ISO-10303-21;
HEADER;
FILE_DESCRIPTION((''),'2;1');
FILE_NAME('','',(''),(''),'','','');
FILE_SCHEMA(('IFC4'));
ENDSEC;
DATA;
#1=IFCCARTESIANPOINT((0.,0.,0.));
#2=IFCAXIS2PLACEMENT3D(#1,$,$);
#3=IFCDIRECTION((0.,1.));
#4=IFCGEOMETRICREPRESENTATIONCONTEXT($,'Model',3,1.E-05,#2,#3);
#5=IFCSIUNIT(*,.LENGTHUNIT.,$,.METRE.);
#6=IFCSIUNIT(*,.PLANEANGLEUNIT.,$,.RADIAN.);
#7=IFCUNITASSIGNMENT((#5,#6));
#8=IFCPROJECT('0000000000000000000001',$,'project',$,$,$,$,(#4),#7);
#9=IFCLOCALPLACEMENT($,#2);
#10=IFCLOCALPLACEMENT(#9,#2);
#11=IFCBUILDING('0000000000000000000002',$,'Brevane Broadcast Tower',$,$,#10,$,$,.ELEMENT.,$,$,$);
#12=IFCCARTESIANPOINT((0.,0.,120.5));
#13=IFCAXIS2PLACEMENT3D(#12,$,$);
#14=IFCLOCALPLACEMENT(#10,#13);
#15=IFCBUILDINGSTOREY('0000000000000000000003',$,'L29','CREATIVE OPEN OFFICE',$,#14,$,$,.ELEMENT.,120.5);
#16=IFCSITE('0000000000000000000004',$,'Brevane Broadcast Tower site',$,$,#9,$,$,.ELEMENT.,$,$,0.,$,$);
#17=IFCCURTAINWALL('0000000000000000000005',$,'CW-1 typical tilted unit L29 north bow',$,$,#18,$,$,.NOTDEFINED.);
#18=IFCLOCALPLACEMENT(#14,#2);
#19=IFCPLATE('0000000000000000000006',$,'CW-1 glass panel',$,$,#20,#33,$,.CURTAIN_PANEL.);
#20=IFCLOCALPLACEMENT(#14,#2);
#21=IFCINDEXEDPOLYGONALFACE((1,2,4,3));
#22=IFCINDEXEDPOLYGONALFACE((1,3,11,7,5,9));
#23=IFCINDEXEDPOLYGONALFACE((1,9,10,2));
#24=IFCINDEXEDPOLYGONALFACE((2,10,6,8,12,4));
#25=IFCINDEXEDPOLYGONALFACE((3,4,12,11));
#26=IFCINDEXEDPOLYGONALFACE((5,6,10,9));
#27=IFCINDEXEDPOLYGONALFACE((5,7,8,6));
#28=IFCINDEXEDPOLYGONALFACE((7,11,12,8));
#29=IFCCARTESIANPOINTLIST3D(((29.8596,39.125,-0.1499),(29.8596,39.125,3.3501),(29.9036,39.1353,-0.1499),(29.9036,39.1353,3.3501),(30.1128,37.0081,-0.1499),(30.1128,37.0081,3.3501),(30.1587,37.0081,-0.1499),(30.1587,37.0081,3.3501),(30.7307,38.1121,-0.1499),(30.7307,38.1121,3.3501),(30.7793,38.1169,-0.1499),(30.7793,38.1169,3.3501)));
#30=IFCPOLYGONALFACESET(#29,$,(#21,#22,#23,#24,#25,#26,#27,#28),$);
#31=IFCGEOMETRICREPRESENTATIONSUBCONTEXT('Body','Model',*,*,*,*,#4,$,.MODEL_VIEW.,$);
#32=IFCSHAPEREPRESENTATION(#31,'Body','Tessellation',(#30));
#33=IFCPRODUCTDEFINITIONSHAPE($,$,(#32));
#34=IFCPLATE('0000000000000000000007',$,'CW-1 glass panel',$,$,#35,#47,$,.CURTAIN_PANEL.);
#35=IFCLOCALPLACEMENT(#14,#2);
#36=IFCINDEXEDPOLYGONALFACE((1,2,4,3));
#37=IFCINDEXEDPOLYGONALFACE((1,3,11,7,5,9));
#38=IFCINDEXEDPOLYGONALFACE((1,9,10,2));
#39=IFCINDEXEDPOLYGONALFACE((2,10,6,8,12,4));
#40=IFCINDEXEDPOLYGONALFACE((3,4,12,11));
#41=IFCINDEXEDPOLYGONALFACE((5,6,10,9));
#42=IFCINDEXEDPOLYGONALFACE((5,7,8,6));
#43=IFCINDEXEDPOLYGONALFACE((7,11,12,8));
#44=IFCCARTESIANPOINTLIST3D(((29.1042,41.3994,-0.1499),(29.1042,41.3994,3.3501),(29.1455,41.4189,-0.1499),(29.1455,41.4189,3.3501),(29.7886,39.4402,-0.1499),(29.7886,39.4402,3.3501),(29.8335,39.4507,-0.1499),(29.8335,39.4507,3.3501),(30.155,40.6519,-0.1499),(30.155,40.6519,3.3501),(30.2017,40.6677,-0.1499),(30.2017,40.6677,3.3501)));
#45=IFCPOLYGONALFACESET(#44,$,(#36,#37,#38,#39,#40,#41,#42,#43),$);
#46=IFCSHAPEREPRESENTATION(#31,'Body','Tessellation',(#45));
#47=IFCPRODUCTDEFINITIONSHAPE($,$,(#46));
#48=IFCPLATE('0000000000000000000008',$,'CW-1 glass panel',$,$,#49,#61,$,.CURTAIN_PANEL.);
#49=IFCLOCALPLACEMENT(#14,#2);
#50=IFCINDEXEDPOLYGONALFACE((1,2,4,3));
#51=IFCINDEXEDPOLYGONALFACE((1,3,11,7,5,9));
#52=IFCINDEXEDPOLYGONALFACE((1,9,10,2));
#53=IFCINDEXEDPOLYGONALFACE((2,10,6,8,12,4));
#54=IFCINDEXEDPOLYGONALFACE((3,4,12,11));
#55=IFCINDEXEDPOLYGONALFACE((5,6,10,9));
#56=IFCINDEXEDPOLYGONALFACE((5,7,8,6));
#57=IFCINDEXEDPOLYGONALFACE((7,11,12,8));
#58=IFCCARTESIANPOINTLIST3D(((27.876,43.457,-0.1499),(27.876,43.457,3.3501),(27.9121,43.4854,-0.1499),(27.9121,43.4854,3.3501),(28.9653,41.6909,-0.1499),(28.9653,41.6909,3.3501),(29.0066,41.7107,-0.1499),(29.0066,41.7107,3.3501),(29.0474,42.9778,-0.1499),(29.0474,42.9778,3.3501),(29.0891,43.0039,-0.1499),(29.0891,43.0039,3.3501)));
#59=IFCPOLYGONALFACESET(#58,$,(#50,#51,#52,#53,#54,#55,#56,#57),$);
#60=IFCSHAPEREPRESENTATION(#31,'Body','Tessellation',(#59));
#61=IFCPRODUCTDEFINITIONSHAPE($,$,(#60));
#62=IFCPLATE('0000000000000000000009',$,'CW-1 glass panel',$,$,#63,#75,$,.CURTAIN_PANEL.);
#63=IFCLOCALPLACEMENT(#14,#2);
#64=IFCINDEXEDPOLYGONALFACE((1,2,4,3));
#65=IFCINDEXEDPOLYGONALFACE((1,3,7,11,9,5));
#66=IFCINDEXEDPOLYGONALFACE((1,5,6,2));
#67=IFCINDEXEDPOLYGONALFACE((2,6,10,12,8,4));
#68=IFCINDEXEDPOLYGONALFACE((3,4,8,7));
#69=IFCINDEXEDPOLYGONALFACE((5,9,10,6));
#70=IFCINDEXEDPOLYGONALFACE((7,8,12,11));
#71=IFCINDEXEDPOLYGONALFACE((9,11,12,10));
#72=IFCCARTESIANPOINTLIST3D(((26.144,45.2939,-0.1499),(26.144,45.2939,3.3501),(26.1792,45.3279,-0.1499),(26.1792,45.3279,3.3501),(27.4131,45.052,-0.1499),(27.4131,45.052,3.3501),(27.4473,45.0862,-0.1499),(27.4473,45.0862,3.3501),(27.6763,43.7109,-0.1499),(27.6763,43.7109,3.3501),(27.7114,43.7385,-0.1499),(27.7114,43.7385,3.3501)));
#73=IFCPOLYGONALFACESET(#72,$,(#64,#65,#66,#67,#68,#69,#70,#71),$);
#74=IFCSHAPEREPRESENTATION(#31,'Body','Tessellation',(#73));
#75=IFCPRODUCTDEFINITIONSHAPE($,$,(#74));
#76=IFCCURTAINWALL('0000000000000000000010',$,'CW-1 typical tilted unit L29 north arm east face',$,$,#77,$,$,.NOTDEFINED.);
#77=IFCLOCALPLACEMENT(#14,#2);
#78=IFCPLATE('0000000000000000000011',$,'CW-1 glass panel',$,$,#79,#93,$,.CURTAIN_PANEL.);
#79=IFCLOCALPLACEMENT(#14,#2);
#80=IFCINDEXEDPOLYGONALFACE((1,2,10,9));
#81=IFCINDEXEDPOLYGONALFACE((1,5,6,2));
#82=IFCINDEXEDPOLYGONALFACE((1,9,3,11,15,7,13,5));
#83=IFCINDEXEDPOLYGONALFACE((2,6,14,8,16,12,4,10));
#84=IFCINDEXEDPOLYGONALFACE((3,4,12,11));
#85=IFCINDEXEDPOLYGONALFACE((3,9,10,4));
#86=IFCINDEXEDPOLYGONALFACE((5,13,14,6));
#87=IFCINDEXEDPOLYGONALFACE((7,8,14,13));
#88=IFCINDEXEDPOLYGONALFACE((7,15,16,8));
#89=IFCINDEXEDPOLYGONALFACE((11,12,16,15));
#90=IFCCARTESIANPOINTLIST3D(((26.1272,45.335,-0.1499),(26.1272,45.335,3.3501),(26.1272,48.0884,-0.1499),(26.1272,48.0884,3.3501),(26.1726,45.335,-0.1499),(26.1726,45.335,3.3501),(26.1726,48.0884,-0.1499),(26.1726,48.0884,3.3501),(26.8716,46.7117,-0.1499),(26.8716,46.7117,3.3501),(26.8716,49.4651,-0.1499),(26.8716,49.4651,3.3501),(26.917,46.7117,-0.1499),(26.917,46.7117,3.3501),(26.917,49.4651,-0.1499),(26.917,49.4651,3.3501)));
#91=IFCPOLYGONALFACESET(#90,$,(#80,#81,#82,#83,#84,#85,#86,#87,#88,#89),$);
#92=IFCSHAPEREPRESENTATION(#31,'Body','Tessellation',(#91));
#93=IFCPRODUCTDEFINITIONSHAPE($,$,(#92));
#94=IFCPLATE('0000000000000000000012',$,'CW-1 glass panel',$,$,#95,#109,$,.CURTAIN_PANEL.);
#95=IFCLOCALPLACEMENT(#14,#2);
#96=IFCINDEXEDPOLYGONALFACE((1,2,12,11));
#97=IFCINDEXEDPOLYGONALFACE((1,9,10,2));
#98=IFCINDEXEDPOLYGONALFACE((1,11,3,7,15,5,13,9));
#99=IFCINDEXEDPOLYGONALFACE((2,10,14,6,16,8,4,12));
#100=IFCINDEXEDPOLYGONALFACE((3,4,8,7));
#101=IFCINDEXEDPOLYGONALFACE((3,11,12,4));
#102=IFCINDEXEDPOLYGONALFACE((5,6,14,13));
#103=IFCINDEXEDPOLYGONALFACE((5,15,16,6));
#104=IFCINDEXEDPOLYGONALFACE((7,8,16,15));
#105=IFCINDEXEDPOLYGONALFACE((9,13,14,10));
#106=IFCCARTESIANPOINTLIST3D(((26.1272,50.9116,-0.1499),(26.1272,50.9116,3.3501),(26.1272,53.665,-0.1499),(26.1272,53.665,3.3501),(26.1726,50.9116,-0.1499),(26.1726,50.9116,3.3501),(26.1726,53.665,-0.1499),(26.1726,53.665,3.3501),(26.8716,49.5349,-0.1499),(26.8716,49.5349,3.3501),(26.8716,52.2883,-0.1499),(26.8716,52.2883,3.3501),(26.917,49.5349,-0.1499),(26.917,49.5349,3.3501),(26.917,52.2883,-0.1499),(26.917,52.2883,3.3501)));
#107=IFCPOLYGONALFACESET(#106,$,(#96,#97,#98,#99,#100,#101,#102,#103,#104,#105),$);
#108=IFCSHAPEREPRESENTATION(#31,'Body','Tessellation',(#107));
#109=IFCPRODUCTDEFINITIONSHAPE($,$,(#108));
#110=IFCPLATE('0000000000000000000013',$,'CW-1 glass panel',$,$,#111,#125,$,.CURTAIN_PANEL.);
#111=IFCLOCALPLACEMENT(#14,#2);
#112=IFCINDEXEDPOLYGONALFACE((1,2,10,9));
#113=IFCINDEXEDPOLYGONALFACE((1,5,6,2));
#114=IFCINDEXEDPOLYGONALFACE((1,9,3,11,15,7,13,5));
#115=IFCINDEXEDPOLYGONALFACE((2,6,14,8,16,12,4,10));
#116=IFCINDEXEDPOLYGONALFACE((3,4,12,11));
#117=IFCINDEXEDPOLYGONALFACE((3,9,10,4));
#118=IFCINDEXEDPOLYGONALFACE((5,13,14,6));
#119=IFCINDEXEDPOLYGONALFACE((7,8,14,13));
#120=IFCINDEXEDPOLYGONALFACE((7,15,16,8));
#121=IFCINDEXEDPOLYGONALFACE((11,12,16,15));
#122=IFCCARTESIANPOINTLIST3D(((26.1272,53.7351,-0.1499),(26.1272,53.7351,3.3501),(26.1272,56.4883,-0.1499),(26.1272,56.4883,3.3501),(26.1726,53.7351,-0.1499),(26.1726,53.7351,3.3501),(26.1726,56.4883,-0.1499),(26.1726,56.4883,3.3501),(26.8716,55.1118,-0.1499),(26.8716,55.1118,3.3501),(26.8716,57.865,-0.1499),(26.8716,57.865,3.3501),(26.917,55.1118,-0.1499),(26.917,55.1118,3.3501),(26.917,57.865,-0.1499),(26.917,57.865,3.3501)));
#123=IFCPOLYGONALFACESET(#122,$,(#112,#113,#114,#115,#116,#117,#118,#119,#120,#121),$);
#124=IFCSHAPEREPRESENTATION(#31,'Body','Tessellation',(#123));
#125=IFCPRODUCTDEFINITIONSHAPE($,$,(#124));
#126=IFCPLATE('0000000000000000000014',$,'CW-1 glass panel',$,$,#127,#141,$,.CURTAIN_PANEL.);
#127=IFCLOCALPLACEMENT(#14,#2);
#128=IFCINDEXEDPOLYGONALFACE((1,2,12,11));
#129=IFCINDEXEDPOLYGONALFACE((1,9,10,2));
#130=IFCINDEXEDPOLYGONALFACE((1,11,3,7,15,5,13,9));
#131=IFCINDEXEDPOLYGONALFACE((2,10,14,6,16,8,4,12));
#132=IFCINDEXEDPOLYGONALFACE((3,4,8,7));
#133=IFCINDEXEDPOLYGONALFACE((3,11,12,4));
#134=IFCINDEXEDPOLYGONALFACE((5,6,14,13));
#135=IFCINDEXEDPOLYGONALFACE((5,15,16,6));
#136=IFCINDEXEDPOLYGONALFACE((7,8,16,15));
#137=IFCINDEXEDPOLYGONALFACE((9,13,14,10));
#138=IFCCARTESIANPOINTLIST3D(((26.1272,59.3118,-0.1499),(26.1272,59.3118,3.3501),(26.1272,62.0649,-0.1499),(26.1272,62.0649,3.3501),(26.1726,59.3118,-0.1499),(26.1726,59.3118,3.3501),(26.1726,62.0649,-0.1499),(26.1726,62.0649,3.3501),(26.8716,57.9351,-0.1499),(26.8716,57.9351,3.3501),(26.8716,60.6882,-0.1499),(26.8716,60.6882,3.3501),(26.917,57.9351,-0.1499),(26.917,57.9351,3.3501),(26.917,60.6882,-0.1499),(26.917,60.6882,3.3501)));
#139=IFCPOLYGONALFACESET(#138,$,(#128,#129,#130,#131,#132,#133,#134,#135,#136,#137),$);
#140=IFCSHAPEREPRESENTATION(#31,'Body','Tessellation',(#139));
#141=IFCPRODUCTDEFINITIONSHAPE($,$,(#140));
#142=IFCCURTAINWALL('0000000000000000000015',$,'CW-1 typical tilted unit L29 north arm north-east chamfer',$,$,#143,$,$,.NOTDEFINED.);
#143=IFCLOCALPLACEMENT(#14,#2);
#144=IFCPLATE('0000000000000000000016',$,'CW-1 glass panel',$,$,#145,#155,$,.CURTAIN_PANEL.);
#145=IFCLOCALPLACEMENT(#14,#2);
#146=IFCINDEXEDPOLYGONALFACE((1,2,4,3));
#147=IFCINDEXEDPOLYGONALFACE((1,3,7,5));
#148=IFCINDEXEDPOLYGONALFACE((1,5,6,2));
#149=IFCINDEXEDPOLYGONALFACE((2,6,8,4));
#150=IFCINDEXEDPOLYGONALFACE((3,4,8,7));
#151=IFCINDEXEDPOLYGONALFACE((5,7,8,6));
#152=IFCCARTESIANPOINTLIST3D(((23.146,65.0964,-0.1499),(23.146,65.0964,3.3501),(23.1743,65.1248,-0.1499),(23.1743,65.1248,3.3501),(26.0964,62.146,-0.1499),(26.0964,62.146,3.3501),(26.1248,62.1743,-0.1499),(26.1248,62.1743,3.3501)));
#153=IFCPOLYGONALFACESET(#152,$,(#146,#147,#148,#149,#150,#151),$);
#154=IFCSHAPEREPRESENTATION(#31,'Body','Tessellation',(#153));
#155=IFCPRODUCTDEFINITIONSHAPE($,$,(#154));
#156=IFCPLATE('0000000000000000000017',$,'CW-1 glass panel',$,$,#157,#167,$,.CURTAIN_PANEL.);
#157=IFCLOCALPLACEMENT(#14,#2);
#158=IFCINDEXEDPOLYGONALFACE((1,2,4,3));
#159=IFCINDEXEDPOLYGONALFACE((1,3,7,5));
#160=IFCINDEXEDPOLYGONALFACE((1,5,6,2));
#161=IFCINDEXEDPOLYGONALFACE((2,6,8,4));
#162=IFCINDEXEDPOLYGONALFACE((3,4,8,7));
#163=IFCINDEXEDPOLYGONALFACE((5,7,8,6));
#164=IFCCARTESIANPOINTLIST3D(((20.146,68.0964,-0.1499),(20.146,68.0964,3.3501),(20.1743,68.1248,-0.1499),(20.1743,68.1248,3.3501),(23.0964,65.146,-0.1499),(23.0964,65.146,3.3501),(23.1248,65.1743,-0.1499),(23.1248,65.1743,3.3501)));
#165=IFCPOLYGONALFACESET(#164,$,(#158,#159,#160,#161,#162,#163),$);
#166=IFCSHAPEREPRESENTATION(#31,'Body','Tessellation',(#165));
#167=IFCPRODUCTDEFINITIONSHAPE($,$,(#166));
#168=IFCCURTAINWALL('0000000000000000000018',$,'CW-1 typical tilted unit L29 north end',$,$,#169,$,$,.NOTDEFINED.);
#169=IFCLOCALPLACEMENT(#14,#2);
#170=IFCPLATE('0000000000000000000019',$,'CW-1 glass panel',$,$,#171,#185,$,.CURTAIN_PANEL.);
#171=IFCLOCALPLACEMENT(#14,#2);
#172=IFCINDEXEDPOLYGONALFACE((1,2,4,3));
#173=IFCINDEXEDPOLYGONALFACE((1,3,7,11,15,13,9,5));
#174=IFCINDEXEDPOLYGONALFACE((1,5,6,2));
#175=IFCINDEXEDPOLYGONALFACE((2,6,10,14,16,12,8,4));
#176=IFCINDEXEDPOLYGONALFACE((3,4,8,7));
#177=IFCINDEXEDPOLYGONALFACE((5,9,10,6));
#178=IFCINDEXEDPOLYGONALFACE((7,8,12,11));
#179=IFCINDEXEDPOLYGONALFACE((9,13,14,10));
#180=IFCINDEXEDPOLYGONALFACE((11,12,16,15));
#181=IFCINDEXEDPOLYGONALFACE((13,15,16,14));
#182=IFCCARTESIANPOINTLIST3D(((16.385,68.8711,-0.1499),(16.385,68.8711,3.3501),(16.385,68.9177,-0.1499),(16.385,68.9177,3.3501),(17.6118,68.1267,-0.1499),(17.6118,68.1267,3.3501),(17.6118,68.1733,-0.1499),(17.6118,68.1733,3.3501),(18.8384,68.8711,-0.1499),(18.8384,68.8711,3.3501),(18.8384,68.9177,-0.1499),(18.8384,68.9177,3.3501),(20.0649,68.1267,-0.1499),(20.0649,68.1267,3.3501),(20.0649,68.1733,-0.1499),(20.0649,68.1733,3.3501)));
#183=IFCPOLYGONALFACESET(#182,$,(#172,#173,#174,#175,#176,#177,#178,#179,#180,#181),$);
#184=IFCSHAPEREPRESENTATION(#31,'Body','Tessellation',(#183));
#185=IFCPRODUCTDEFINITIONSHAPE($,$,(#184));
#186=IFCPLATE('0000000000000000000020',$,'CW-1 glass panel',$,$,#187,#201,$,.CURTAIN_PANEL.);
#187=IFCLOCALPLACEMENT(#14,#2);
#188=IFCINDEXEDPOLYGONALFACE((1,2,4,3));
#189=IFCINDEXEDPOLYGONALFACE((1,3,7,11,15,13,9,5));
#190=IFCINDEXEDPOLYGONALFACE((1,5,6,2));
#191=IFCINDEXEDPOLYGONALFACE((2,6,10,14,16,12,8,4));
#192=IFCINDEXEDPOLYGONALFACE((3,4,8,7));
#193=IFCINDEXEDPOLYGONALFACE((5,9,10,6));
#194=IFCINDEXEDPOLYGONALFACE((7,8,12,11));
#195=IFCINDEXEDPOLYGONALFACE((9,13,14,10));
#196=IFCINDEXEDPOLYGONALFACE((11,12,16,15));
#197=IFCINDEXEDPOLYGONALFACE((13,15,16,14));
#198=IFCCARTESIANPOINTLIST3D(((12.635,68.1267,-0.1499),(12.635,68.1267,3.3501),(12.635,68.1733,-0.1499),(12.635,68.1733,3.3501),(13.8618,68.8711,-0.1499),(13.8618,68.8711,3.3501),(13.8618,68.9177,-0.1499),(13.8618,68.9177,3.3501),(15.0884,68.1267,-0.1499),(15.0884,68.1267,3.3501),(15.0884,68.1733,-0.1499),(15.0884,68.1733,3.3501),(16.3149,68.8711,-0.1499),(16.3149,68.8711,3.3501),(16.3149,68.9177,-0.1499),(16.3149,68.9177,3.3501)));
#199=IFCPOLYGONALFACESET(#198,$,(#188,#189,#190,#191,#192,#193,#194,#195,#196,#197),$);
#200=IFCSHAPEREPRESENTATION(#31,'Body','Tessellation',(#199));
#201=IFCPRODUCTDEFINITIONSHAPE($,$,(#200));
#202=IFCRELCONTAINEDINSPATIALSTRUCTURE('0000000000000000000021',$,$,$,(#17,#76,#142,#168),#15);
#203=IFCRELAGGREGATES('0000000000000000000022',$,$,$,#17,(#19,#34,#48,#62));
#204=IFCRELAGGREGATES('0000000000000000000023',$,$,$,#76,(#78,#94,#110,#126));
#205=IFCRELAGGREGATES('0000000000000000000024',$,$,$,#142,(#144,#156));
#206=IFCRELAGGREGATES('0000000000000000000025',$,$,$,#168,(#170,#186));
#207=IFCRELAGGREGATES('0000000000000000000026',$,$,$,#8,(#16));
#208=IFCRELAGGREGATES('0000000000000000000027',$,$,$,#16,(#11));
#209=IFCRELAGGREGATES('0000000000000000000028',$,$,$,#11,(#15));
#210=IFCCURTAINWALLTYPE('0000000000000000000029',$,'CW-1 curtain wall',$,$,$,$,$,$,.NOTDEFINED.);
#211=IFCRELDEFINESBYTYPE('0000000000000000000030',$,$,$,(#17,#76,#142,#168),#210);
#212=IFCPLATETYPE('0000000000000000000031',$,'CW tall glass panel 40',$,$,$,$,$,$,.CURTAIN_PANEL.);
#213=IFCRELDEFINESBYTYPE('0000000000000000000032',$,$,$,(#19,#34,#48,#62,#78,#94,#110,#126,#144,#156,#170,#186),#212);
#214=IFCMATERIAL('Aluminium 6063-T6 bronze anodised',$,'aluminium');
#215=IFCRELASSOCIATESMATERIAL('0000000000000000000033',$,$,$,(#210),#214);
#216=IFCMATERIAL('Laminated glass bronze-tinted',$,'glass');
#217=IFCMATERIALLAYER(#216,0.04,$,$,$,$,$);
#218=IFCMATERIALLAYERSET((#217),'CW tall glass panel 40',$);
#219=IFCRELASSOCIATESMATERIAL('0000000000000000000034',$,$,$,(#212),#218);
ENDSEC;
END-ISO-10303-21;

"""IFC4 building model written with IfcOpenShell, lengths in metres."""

from ifc_helpers import new_model, si_unit, direction, frame, origin, place, context, subcontext, project, spatial, polyline, outline, extrude, material, layer, layer_set, type_object, element, aggregate, save


model = new_model("IFC4")

# Units and contexts
model_context = context("Model", 3, precision=1e-05, world=origin(), true_north=direction((0.0, 1.0)))
body_context = subcontext(model_context, "Body", "Model", "MODEL_VIEW")
ifc_project = project(units=[si_unit("LENGTHUNIT", "METRE"), si_unit("PLANEANGLEUNIT", "RADIAN")], contexts=[model_context])

# Site, building, storey
site_placement = place(None, origin())
site = spatial("IfcSite", under=ifc_project, at=site_placement, Name="Brevane Broadcast Tower site", CompositionType="ELEMENT", RefElevation=0.0)
building_placement = place(site_placement, origin())
building = spatial("IfcBuilding", under=site, at=building_placement, Name="Brevane Broadcast Tower", CompositionType="ELEMENT")
storey_placement = place(building_placement, frame((0.0, 0.0, 120.5)))
storey = spatial("IfcBuildingStorey", under=building, at=storey_placement, Name="L29", Description="CREATIVE OPEN OFFICE", CompositionType="ELEMENT", Elevation=120.5)

# Shared definitions
ifc_material_1 = material(Name="Aluminium 6063-T6 bronze anodised", Category="aluminium")
curtain_wall_type = type_object("IfcCurtainWallType", Name="CW-1 curtain wall", PredefinedType="NOTDEFINED", material=ifc_material_1)

# Curtain walls, plates
ifc_material_2 = material(Name="Laminated glass bronze-tinted", Category="glass")
ifc_layer = layer(ifc_material_2, 0.04)
ifc_layer_set = layer_set([ifc_layer], Name="CW tall glass panel 40")
plate_type = type_object("IfcPlateType", Name="CW tall glass panel 40", PredefinedType="CURTAIN_PANEL", material=ifc_layer_set)
curtain_wall_1_placement = place(storey_placement, origin())
curtain_wall_1 = element("IfcCurtainWall", 1, at=curtain_wall_1_placement, inside=storey, type_object=curtain_wall_type, Name="CW-1 typical tilted unit L29 north bow", PredefinedType="NOTDEFINED")
plate_1_placement = place(storey_placement, frame((0.0, 0.0, -0.1499)))
plate_1 = element("IfcPlate", 2, at=plate_1_placement, type_object=plate_type, Name="CW-1 glass panel", PredefinedType="CURTAIN_PANEL", context=body_context, shape_type="SweptSolid", body=[
    extrude(outline(polyline([(30.1128, 37.0081), (30.1587, 37.0081), (30.7793, 38.1169), (29.9036, 39.1353), (29.8596, 39.125), (30.7307, 38.1121), (30.1128, 37.0081)])), origin(), (0.0, 0.0, 1.0), 3.5),
])
plate_2_placement = place(storey_placement, frame((0.0, 0.0, -0.1499)))
plate_2 = element("IfcPlate", 3, at=plate_2_placement, type_object=plate_type, Name="CW-1 glass panel", PredefinedType="CURTAIN_PANEL", context=body_context, shape_type="SweptSolid", body=[
    extrude(outline(polyline([(29.7886, 39.4402), (29.8335, 39.4507), (30.2017, 40.6677), (29.1455, 41.4189), (29.1042, 41.3994), (30.155, 40.6519), (29.7886, 39.4402)])), origin(), (0.0, 0.0, 1.0), 3.5),
])
plate_3_placement = place(storey_placement, frame((0.0, 0.0, -0.1499)))
plate_3 = element("IfcPlate", 4, at=plate_3_placement, type_object=plate_type, Name="CW-1 glass panel", PredefinedType="CURTAIN_PANEL", context=body_context, shape_type="SweptSolid", body=[
    extrude(outline(polyline([(28.9653, 41.6909), (29.0066, 41.7107), (29.0891, 43.0039), (27.9121, 43.4854), (27.876, 43.457), (29.0474, 42.9778), (28.9653, 41.6909)])), origin(), (0.0, 0.0, 1.0), 3.5),
])
plate_4_placement = place(storey_placement, frame((0.0, 0.0, -0.1499)))
plate_4 = element("IfcPlate", 5, at=plate_4_placement, type_object=plate_type, Name="CW-1 glass panel", PredefinedType="CURTAIN_PANEL", context=body_context, shape_type="SweptSolid", body=[
    extrude(outline(polyline([(27.6763, 43.7109), (27.7114, 43.7385), (27.4473, 45.0862), (26.1792, 45.3279), (26.144, 45.2939), (27.4131, 45.052), (27.6763, 43.7109)])), origin(), (0.0, 0.0, 1.0), 3.5),
])
aggregate(curtain_wall_1, [plate_1, plate_2, plate_3, plate_4])
curtain_wall_2_placement = place(storey_placement, origin())
curtain_wall_2 = element("IfcCurtainWall", 6, at=curtain_wall_2_placement, inside=storey, type_object=curtain_wall_type, Name="CW-1 typical tilted unit L29 north arm east face", PredefinedType="NOTDEFINED")
plate_5_placement = place(storey_placement, frame((0.0, 0.0, -0.1499)))
plate_5 = element("IfcPlate", 7, at=plate_5_placement, type_object=plate_type, Name="CW-1 glass panel", PredefinedType="CURTAIN_PANEL", context=body_context, shape_type="SweptSolid", body=[
    extrude(outline(polyline([(26.1272, 45.335), (26.1726, 45.335), (26.917, 46.7117), (26.1726, 48.0884), (26.917, 49.4651), (26.8716, 49.4651), (26.1272, 48.0884), (26.8716, 46.7117), (26.1272, 45.335)])), origin(), (0.0, 0.0, 1.0), 3.5),
])
plate_6_placement = place(storey_placement, frame((0.0, 0.0, -0.1499)))
plate_6 = element("IfcPlate", 8, at=plate_6_placement, type_object=plate_type, Name="CW-1 glass panel", PredefinedType="CURTAIN_PANEL", context=body_context, shape_type="SweptSolid", body=[
    extrude(outline(polyline([(26.8716, 49.5349), (26.917, 49.5349), (26.1726, 50.9116), (26.917, 52.2883), (26.1726, 53.665), (26.1272, 53.665), (26.8716, 52.2883), (26.1272, 50.9116), (26.8716, 49.5349)])), origin(), (0.0, 0.0, 1.0), 3.5),
])
plate_7_placement = place(storey_placement, frame((0.0, 0.0, -0.1499)))
plate_7 = element("IfcPlate", 9, at=plate_7_placement, type_object=plate_type, Name="CW-1 glass panel", PredefinedType="CURTAIN_PANEL", context=body_context, shape_type="SweptSolid", body=[
    extrude(outline(polyline([(26.1272, 53.7351), (26.1726, 53.7351), (26.917, 55.1118), (26.1726, 56.4883), (26.917, 57.865), (26.8716, 57.865), (26.1272, 56.4883), (26.8716, 55.1118), (26.1272, 53.7351)])), origin(), (0.0, 0.0, 1.0), 3.5),
])
plate_8_placement = place(storey_placement, frame((0.0, 0.0, -0.1499)))
plate_8 = element("IfcPlate", 10, at=plate_8_placement, type_object=plate_type, Name="CW-1 glass panel", PredefinedType="CURTAIN_PANEL", context=body_context, shape_type="SweptSolid", body=[
    extrude(outline(polyline([(26.8716, 57.9351), (26.917, 57.9351), (26.1726, 59.3118), (26.917, 60.6882), (26.1726, 62.0649), (26.1272, 62.0649), (26.8716, 60.6882), (26.1272, 59.3118), (26.8716, 57.9351)])), origin(), (0.0, 0.0, 1.0), 3.5),
])
aggregate(curtain_wall_2, [plate_5, plate_6, plate_7, plate_8])
curtain_wall_3_placement = place(storey_placement, origin())
curtain_wall_3 = element("IfcCurtainWall", 11, at=curtain_wall_3_placement, inside=storey, type_object=curtain_wall_type, Name="CW-1 typical tilted unit L29 north arm north-east chamfer", PredefinedType="NOTDEFINED")
plate_9_placement = place(storey_placement, frame((0.0, 0.0, -0.1499)))
plate_9 = element("IfcPlate", 12, at=plate_9_placement, type_object=plate_type, Name="CW-1 glass panel", PredefinedType="CURTAIN_PANEL", context=body_context, shape_type="SweptSolid", body=[
    extrude(outline(polyline([(26.0964, 62.146), (23.146, 65.0964), (23.1743, 65.1248), (26.1248, 62.1743), (26.0964, 62.146)])), origin(), (0.0, 0.0, 1.0), 3.5),
])
plate_10_placement = place(storey_placement, frame((0.0, 0.0, -0.1499)))
plate_10 = element("IfcPlate", 13, at=plate_10_placement, type_object=plate_type, Name="CW-1 glass panel", PredefinedType="CURTAIN_PANEL", context=body_context, shape_type="SweptSolid", body=[
    extrude(outline(polyline([(23.0964, 65.146), (20.146, 68.0964), (20.1743, 68.1248), (23.1248, 65.1743), (23.0964, 65.146)])), origin(), (0.0, 0.0, 1.0), 3.5),
])
aggregate(curtain_wall_3, [plate_9, plate_10])
curtain_wall_4_placement = place(storey_placement, origin())
curtain_wall_4 = element("IfcCurtainWall", 14, at=curtain_wall_4_placement, inside=storey, type_object=curtain_wall_type, Name="CW-1 typical tilted unit L29 north end", PredefinedType="NOTDEFINED")
plate_11_placement = place(storey_placement, frame((0.0, 0.0, -0.1499)))
plate_11 = element("IfcPlate", 15, at=plate_11_placement, type_object=plate_type, Name="CW-1 glass panel", PredefinedType="CURTAIN_PANEL", context=body_context, shape_type="SweptSolid", body=[
    extrude(outline(polyline([(20.0649, 68.1267), (20.0649, 68.1733), (18.8384, 68.9177), (17.6118, 68.1733), (16.385, 68.9177), (16.385, 68.8711), (17.6118, 68.1267), (18.8384, 68.8711), (20.0649, 68.1267)])), origin(), (0.0, 0.0, 1.0), 3.5),
])
plate_12_placement = place(storey_placement, frame((0.0, 0.0, -0.1499)))
plate_12 = element("IfcPlate", 16, at=plate_12_placement, type_object=plate_type, Name="CW-1 glass panel", PredefinedType="CURTAIN_PANEL", context=body_context, shape_type="SweptSolid", body=[
    extrude(outline(polyline([(16.3149, 68.8711), (16.3149, 68.9177), (15.0884, 68.1733), (13.8618, 68.9177), (12.635, 68.1733), (12.635, 68.1267), (13.8618, 68.8711), (15.0884, 68.1267), (16.3149, 68.8711)])), origin(), (0.0, 0.0, 1.0), 3.5),
])
aggregate(curtain_wall_4, [plate_11, plate_12])

save(model, "model.ifc")
